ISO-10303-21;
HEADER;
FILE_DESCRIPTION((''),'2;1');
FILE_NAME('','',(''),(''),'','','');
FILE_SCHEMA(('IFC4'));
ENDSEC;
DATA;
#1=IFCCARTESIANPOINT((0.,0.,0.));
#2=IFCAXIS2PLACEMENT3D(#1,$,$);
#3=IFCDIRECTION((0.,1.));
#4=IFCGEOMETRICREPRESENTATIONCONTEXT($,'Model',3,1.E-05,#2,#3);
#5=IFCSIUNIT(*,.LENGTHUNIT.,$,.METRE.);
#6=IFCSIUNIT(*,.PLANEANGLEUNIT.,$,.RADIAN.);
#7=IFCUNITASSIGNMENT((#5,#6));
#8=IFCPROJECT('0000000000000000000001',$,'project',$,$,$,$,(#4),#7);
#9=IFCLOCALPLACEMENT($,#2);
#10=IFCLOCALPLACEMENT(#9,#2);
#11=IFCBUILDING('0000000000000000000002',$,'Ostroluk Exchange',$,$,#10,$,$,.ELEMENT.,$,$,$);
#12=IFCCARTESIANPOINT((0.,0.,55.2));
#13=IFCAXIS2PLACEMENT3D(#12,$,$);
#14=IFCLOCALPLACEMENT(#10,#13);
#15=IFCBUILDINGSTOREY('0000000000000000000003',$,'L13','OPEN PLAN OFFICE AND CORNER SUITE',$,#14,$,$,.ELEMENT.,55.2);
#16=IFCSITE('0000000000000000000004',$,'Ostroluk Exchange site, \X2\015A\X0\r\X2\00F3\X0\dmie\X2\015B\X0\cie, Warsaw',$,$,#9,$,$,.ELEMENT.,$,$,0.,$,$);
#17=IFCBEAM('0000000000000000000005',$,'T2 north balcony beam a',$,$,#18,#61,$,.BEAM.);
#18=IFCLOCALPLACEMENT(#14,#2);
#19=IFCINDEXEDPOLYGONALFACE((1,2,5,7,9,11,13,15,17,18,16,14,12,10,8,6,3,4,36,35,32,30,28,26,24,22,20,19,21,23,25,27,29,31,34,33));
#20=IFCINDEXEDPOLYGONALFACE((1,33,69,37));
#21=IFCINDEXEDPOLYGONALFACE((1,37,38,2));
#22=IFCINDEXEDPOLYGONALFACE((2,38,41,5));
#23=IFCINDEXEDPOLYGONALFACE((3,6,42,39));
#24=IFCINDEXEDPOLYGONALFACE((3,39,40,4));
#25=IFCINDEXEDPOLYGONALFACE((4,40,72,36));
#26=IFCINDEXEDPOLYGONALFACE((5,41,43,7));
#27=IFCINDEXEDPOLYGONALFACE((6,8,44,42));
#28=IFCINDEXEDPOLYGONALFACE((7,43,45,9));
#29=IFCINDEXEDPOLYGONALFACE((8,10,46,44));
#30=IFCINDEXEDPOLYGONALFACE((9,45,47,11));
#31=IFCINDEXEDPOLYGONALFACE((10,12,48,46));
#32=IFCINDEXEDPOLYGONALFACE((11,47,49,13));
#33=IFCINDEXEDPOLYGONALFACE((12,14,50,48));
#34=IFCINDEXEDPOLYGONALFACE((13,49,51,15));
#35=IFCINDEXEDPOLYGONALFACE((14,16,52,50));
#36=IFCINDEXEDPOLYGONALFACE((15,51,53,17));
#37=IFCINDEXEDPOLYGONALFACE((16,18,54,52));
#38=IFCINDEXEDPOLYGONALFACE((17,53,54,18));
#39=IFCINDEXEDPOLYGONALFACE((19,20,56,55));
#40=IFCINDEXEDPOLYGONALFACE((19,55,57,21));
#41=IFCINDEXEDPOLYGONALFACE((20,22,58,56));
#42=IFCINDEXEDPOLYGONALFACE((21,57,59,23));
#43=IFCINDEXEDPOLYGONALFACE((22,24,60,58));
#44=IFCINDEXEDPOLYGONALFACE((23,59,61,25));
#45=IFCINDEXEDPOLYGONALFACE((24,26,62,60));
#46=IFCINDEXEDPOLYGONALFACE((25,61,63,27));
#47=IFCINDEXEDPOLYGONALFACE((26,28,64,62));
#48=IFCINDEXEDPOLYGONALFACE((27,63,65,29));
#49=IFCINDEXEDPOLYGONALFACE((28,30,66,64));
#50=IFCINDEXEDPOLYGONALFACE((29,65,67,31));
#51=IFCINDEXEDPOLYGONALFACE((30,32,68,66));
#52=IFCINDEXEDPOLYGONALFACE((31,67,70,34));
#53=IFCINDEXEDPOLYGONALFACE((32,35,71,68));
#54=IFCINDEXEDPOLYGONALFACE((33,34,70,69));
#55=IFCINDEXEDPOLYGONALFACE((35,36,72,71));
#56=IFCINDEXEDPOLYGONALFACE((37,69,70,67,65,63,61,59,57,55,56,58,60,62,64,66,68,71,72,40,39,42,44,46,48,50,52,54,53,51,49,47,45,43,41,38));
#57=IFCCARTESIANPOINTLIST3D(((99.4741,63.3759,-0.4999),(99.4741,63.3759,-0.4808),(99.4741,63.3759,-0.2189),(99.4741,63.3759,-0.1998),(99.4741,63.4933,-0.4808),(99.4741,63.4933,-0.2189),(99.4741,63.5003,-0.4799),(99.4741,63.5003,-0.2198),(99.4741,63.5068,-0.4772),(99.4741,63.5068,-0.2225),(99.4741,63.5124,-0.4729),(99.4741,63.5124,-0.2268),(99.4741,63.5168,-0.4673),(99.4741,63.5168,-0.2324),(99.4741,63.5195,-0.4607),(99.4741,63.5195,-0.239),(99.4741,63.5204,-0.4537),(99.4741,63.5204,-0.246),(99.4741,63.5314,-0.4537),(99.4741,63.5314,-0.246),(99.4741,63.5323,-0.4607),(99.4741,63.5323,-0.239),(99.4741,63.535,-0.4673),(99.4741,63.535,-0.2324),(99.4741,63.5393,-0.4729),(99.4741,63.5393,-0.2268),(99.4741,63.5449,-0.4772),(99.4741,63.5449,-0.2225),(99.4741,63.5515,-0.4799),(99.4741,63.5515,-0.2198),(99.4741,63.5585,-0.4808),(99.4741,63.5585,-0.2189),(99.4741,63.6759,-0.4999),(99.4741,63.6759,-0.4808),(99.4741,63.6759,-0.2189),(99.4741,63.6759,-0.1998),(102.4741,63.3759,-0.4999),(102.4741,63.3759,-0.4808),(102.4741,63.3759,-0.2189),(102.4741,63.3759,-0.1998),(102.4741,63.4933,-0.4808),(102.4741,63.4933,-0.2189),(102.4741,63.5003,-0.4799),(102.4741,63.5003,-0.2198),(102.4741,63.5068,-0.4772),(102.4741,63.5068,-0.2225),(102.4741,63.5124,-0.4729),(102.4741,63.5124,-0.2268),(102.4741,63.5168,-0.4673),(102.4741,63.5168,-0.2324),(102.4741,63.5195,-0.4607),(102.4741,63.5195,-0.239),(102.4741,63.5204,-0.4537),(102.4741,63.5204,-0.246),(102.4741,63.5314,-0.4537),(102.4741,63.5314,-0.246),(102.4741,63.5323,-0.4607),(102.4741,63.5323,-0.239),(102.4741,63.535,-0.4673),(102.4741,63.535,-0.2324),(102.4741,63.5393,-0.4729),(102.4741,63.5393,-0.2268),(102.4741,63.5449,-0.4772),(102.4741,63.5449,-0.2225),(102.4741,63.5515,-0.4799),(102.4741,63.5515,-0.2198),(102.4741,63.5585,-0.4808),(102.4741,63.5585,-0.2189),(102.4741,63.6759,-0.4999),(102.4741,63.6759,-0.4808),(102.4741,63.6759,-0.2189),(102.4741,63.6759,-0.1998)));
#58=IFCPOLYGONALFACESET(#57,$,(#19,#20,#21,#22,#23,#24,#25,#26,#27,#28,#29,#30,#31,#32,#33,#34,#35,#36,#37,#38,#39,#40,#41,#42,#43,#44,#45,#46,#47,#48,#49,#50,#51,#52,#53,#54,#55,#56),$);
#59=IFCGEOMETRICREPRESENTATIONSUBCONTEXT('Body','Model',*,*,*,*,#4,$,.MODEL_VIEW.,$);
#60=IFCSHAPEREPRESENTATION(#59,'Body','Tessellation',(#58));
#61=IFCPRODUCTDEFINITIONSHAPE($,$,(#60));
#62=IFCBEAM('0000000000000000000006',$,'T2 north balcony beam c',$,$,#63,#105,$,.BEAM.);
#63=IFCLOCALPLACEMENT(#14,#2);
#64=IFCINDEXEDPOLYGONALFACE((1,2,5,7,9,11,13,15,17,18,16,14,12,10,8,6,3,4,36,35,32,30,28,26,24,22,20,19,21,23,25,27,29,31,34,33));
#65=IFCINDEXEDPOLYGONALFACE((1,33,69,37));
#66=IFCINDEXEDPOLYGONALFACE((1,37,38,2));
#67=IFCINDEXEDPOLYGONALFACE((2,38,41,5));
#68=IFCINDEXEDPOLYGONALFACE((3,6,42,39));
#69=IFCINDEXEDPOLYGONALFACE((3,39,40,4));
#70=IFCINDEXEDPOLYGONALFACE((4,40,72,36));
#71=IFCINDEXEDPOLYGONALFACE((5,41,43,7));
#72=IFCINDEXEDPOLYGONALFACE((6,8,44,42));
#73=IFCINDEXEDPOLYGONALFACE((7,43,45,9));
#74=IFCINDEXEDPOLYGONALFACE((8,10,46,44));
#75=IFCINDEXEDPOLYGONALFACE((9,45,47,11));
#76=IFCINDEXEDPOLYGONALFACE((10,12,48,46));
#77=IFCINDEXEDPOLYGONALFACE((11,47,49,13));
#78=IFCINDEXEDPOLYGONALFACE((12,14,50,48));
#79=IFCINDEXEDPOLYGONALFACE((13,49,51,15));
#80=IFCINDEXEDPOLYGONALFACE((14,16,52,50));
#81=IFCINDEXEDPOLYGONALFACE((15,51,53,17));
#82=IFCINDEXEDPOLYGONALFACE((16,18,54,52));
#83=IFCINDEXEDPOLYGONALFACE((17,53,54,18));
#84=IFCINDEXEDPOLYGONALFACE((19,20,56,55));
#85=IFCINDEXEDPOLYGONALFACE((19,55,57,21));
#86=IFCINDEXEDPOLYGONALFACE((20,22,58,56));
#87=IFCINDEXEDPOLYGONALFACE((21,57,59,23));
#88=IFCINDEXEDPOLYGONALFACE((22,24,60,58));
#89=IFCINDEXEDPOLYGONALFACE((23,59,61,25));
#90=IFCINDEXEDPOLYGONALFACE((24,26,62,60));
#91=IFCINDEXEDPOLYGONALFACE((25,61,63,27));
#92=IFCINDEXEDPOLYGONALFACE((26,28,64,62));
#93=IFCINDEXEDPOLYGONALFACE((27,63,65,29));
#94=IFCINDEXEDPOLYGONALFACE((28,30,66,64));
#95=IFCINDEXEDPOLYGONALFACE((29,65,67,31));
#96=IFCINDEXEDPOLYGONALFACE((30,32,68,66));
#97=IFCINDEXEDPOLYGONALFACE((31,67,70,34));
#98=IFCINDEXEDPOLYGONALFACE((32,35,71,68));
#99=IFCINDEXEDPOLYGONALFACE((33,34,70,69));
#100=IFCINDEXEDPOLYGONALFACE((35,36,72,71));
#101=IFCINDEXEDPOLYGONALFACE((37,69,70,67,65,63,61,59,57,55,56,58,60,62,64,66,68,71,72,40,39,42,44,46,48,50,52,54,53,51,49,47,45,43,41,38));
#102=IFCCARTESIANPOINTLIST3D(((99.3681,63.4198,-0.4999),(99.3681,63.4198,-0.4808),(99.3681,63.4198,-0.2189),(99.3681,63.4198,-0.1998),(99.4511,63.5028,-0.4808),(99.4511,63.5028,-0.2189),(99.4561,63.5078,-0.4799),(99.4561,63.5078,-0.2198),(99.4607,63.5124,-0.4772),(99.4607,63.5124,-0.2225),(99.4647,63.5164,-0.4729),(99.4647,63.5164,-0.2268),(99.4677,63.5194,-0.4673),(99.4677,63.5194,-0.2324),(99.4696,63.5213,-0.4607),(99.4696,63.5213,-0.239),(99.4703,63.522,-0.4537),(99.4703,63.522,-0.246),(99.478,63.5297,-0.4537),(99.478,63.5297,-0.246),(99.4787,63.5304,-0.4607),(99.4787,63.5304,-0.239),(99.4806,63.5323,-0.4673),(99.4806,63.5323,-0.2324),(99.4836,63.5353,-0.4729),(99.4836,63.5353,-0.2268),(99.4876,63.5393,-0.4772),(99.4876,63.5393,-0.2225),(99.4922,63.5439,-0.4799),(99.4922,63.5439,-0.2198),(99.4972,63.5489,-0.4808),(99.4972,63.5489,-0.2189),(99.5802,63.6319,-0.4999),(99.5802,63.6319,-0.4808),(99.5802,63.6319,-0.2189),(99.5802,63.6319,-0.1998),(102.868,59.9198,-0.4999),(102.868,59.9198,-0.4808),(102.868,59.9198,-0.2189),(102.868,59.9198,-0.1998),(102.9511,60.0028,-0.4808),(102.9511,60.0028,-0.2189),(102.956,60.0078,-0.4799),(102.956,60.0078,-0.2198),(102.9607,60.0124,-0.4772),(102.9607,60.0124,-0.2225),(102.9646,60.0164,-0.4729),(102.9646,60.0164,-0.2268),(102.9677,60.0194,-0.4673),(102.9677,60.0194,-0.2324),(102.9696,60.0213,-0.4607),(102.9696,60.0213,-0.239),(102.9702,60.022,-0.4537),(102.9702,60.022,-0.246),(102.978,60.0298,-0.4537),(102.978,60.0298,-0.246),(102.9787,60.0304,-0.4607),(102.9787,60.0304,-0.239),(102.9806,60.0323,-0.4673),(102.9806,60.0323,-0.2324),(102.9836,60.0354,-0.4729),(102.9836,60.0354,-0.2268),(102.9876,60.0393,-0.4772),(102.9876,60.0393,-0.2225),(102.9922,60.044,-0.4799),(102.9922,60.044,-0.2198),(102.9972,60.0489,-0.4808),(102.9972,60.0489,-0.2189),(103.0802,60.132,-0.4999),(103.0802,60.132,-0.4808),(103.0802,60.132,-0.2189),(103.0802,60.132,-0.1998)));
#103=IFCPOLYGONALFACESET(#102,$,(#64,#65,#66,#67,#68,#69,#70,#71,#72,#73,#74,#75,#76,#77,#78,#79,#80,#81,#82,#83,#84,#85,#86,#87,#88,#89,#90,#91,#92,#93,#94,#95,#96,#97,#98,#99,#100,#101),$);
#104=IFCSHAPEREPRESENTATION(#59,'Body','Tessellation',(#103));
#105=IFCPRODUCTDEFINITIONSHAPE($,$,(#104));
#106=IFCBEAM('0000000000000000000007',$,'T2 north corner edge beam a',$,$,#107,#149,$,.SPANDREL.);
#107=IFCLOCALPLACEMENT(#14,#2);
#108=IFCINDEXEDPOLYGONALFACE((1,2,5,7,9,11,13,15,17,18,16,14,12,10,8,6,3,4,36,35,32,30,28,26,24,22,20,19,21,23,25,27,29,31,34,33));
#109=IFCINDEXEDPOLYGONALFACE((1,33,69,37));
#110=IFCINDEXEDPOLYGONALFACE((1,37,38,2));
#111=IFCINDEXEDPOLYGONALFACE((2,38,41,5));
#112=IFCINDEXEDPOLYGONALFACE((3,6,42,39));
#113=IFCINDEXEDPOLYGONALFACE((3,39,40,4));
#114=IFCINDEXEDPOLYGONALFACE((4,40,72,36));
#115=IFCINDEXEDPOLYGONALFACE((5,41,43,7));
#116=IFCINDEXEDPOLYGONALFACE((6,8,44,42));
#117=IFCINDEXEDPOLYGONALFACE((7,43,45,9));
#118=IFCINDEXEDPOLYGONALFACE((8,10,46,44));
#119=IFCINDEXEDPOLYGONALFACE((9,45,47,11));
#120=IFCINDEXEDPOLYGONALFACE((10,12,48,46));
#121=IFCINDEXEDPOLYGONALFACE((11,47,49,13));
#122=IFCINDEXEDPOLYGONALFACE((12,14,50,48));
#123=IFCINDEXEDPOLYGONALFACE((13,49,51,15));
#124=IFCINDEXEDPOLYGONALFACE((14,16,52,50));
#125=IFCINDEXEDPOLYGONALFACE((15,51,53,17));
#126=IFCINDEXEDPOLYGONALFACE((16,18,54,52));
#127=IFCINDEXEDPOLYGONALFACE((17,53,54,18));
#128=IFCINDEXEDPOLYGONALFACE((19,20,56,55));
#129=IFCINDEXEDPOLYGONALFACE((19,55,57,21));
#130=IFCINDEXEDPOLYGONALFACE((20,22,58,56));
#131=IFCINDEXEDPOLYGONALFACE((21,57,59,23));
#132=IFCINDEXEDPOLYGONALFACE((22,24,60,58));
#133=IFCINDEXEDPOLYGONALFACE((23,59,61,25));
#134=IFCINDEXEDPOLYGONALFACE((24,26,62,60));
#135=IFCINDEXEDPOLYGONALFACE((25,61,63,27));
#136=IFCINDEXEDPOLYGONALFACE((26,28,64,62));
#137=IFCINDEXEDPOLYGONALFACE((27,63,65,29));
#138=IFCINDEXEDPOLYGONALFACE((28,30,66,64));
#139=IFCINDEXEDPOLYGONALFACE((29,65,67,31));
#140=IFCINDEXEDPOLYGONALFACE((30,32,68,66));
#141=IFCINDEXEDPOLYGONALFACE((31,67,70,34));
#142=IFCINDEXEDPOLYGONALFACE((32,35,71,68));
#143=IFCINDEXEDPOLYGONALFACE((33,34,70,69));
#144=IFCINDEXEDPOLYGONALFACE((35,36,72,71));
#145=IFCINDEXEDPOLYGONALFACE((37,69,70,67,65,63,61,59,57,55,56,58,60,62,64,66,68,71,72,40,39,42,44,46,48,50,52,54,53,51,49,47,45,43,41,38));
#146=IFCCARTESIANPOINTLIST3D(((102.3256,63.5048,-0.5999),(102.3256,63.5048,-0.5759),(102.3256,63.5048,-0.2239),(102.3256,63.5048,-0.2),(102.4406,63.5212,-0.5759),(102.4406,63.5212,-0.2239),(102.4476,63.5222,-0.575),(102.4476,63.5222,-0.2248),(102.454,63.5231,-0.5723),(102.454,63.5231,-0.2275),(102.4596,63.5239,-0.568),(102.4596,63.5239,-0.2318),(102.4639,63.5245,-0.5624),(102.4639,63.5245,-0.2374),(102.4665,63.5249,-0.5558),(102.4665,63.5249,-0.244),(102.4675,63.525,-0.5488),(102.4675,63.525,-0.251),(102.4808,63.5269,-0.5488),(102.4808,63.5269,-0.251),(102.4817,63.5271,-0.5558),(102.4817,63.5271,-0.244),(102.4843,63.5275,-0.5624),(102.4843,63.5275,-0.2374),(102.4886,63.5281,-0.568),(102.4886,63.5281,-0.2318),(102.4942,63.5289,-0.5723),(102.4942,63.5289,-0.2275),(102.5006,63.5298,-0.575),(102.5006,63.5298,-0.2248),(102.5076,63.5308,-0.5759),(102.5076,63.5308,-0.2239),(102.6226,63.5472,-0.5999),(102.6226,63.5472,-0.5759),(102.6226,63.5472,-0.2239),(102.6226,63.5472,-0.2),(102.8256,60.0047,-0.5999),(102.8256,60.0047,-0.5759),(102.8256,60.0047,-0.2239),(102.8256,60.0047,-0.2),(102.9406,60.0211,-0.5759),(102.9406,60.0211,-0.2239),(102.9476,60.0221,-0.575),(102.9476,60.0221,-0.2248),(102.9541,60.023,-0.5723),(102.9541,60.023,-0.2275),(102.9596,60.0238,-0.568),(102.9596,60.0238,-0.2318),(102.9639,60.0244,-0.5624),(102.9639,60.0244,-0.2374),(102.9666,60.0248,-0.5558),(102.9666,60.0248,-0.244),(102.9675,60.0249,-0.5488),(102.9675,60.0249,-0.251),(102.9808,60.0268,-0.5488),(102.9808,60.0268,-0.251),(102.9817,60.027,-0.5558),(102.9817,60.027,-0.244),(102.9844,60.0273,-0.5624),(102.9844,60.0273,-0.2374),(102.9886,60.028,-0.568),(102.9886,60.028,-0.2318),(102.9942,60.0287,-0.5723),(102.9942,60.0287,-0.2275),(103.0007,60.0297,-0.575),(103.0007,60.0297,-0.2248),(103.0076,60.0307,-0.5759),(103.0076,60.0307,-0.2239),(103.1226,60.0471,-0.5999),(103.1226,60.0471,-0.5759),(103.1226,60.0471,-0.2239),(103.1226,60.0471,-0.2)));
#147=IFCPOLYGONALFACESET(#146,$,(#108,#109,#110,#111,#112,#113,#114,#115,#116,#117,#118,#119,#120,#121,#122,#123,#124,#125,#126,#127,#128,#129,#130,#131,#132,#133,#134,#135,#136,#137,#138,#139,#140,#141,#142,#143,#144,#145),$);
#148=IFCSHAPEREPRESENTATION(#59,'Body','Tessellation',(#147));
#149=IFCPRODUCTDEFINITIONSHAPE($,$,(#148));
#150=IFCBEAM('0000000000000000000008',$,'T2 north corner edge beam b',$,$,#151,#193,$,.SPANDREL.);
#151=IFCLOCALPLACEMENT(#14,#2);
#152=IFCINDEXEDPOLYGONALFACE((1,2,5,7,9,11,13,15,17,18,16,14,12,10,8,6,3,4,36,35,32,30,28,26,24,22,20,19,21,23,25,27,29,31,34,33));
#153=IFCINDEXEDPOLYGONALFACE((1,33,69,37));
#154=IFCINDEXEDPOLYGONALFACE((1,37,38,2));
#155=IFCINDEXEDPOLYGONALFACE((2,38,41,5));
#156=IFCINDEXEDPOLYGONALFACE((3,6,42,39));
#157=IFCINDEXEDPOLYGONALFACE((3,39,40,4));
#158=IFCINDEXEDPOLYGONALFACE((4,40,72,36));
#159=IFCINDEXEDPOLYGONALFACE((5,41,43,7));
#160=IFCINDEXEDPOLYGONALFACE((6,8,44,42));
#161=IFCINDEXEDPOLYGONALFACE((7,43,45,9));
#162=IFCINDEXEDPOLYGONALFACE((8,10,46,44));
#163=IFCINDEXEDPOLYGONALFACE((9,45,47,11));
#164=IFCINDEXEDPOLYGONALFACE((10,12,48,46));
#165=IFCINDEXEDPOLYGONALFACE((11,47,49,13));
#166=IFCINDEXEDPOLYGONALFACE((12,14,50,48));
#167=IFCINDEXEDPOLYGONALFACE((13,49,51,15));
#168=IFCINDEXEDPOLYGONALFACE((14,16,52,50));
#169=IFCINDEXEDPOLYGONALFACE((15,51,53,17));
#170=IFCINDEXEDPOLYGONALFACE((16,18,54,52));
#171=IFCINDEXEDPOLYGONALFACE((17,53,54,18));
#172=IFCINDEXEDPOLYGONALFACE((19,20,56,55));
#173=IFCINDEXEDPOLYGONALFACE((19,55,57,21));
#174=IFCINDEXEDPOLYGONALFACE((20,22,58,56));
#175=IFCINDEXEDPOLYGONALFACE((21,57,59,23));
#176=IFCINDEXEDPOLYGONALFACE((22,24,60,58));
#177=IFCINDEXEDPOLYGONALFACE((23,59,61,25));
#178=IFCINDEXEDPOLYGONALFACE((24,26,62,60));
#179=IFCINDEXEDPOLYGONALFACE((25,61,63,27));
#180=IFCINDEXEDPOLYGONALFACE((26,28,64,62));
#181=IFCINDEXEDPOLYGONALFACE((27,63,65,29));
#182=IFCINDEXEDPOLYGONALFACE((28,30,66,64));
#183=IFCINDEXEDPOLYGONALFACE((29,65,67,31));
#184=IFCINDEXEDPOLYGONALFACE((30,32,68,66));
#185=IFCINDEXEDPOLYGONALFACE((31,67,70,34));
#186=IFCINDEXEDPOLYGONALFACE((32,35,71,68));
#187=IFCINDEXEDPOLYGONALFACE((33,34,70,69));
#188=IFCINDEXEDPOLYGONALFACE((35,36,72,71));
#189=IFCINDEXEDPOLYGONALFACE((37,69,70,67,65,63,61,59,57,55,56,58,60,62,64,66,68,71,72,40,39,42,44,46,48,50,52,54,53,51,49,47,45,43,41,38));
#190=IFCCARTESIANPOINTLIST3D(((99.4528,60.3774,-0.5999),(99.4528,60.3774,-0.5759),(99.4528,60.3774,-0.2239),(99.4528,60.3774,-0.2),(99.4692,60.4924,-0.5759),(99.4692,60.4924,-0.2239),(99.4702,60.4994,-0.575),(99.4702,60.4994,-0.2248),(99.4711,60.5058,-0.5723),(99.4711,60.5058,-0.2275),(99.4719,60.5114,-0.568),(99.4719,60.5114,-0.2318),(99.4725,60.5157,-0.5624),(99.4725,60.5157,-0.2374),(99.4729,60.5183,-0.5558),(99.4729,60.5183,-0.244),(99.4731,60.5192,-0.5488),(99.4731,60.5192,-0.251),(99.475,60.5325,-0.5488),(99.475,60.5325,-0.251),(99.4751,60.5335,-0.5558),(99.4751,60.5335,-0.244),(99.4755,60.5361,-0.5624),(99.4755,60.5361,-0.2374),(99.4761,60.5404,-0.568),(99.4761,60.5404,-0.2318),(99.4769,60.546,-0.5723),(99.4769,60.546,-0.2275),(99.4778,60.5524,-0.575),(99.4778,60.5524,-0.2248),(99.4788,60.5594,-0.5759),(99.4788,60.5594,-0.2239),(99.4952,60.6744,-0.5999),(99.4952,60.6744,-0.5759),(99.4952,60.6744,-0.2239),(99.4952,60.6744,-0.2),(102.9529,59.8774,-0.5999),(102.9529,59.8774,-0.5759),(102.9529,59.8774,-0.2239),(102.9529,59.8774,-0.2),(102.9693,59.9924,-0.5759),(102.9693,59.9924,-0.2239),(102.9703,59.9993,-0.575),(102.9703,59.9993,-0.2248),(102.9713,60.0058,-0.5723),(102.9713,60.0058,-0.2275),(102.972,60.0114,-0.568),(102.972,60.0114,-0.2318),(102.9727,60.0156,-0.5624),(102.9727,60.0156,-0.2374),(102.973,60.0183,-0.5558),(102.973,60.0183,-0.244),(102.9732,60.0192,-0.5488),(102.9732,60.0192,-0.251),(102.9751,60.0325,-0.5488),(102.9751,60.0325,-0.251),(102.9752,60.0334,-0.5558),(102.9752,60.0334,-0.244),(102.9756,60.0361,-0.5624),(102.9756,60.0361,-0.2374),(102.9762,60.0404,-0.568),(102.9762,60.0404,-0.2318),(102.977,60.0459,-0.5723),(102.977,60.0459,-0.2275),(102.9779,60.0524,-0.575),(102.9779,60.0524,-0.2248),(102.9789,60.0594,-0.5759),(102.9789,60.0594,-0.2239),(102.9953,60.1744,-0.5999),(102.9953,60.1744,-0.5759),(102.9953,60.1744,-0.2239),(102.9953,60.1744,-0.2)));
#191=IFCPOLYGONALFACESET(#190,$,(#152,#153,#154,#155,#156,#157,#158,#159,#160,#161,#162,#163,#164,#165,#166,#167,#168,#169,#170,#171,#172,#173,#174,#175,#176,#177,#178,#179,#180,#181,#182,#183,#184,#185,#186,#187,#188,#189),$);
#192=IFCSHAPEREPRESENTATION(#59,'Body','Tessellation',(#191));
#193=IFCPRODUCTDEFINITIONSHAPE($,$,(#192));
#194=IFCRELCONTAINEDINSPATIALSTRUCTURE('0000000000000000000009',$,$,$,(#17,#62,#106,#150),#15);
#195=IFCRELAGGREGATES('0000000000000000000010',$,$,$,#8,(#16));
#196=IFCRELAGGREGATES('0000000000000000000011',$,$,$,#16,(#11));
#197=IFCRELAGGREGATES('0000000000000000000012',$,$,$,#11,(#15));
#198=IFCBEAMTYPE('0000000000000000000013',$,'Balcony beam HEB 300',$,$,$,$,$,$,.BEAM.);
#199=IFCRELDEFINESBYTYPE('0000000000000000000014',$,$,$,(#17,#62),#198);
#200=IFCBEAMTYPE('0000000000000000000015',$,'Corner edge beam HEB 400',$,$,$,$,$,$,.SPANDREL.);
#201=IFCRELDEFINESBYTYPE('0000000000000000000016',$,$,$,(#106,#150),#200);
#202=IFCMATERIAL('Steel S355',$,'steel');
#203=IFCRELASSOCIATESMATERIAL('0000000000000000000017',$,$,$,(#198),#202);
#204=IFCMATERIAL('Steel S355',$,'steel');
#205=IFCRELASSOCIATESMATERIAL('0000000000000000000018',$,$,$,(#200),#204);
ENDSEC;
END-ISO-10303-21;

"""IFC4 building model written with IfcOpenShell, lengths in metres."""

from ifc_helpers import new_model, si_unit, direction, frame, origin, origin_2d, place, context, subcontext, project, spatial, i_section, extrude, material, material_profile, profile_set, type_object, element, save


model = new_model("IFC4")

# Units and contexts
model_context = context("Model", 3, precision=1e-05, world=origin(), true_north=direction((0.0, 1.0)))
body_context = subcontext(model_context, "Body", "Model", "MODEL_VIEW")
ifc_project = project(units=[si_unit("LENGTHUNIT", "METRE"), si_unit("PLANEANGLEUNIT", "RADIAN")], contexts=[model_context])

# Site, building, storey
site_placement = place(None, origin())
site = spatial("IfcSite", under=ifc_project, at=site_placement, Name="Ostroluk Exchange site, Śródmieście, Warsaw", CompositionType="ELEMENT", RefElevation=0.0)
building_placement = place(site_placement, origin())
building = spatial("IfcBuilding", under=site, at=building_placement, Name="Ostroluk Exchange", CompositionType="ELEMENT")
storey_placement = place(building_placement, frame((0.0, 0.0, 55.2)))
storey = spatial("IfcBuildingStorey", under=building, at=storey_placement, Name="L13", Description="OPEN PLAN OFFICE AND CORNER SUITE", CompositionType="ELEMENT", Elevation=55.2)

# Beams
ifc_material_1 = material(Name="Steel S355", Category="steel")
ifc_material_profile_1 = material_profile(ifc_material_1, i_section(OverallWidth=0.3, OverallDepth=0.3, WebThickness=0.011, FlangeThickness=0.019, FilletRadius=0.0271, at=origin_2d()), Name="HEB 300")
ifc_profile_set_1 = profile_set([ifc_material_profile_1], Name="Steel S355")
beam_type_1 = type_object("IfcBeamType", Name="Balcony beam HEB 300", PredefinedType="BEAM", material=ifc_profile_set_1)
beam_1_placement = place(storey_placement, frame((102.4741, 63.5259, -0.3499), z_axis=(-1.0, 0.0, 0.0), x_axis=(0.0, -1.0, 0.0)))
element("IfcBeam", 1, at=beam_1_placement, inside=storey, type_object=beam_type_1, Name="T2 north balcony beam a", PredefinedType="BEAM", context=body_context, shape_type="SweptSolid", body=[
    extrude(i_section(OverallWidth=0.3, OverallDepth=0.3, WebThickness=0.011, FlangeThickness=0.019, FilletRadius=0.0271, at=origin_2d()), origin(), (0.0, 0.0, 1.0), 3.0),
])
beam_2_placement = place(storey_placement, frame((102.9741, 60.0259, -0.3499), z_axis=(-0.707107, 0.707107, 0.0), x_axis=(-0.707107, -0.707107, 0.0)))
element("IfcBeam", 2, at=beam_2_placement, inside=storey, type_object=beam_type_1, Name="T2 north balcony beam c", PredefinedType="BEAM", context=body_context, shape_type="SweptSolid", body=[
    extrude(i_section(OverallWidth=0.3, OverallDepth=0.3, WebThickness=0.011, FlangeThickness=0.019, FilletRadius=0.0271, at=origin_2d()), origin(), (0.0, 0.0, 1.0), 4.9497),
])
ifc_material_2 = material(Name="Steel S355", Category="steel")
ifc_material_profile_2 = material_profile(ifc_material_2, i_section(OverallWidth=0.3, OverallDepth=0.3999, WebThickness=0.0134, FlangeThickness=0.0239, FilletRadius=0.0271, at=origin_2d()), Name="HEB 400")
ifc_profile_set_2 = profile_set([ifc_material_profile_2], Name="Steel S355")
beam_type_2 = type_object("IfcBeamType", Name="Corner edge beam HEB 400", PredefinedType="SPANDREL", material=ifc_profile_set_2)
for number, where, z_axis, x_axis, name in (
    (3, (102.9741, 60.0259, -0.3999), (-0.141421, 0.989949, 0.0), (-0.989949, -0.141421, 0.0), "T2 north corner edge beam a"),
    (4, (102.9741, 60.0259, -0.3999), (-0.989949, 0.141421, 0.0), (-0.141421, -0.989949, 0.0), "T2 north corner edge beam b"),
):
    element("IfcBeam", number, at=place(storey_placement, frame(where, z_axis=z_axis, x_axis=x_axis)), inside=storey, type_object=beam_type_2, Name=name, PredefinedType="SPANDREL", context=body_context, shape_type="SweptSolid", body=[
        extrude(i_section(OverallWidth=0.3, OverallDepth=0.3999, WebThickness=0.0134, FlangeThickness=0.0239, FilletRadius=0.0271, at=origin_2d()), origin(), (0.0, 0.0, 1.0), 3.5356),
    ])

save(model, "model.ifc")
